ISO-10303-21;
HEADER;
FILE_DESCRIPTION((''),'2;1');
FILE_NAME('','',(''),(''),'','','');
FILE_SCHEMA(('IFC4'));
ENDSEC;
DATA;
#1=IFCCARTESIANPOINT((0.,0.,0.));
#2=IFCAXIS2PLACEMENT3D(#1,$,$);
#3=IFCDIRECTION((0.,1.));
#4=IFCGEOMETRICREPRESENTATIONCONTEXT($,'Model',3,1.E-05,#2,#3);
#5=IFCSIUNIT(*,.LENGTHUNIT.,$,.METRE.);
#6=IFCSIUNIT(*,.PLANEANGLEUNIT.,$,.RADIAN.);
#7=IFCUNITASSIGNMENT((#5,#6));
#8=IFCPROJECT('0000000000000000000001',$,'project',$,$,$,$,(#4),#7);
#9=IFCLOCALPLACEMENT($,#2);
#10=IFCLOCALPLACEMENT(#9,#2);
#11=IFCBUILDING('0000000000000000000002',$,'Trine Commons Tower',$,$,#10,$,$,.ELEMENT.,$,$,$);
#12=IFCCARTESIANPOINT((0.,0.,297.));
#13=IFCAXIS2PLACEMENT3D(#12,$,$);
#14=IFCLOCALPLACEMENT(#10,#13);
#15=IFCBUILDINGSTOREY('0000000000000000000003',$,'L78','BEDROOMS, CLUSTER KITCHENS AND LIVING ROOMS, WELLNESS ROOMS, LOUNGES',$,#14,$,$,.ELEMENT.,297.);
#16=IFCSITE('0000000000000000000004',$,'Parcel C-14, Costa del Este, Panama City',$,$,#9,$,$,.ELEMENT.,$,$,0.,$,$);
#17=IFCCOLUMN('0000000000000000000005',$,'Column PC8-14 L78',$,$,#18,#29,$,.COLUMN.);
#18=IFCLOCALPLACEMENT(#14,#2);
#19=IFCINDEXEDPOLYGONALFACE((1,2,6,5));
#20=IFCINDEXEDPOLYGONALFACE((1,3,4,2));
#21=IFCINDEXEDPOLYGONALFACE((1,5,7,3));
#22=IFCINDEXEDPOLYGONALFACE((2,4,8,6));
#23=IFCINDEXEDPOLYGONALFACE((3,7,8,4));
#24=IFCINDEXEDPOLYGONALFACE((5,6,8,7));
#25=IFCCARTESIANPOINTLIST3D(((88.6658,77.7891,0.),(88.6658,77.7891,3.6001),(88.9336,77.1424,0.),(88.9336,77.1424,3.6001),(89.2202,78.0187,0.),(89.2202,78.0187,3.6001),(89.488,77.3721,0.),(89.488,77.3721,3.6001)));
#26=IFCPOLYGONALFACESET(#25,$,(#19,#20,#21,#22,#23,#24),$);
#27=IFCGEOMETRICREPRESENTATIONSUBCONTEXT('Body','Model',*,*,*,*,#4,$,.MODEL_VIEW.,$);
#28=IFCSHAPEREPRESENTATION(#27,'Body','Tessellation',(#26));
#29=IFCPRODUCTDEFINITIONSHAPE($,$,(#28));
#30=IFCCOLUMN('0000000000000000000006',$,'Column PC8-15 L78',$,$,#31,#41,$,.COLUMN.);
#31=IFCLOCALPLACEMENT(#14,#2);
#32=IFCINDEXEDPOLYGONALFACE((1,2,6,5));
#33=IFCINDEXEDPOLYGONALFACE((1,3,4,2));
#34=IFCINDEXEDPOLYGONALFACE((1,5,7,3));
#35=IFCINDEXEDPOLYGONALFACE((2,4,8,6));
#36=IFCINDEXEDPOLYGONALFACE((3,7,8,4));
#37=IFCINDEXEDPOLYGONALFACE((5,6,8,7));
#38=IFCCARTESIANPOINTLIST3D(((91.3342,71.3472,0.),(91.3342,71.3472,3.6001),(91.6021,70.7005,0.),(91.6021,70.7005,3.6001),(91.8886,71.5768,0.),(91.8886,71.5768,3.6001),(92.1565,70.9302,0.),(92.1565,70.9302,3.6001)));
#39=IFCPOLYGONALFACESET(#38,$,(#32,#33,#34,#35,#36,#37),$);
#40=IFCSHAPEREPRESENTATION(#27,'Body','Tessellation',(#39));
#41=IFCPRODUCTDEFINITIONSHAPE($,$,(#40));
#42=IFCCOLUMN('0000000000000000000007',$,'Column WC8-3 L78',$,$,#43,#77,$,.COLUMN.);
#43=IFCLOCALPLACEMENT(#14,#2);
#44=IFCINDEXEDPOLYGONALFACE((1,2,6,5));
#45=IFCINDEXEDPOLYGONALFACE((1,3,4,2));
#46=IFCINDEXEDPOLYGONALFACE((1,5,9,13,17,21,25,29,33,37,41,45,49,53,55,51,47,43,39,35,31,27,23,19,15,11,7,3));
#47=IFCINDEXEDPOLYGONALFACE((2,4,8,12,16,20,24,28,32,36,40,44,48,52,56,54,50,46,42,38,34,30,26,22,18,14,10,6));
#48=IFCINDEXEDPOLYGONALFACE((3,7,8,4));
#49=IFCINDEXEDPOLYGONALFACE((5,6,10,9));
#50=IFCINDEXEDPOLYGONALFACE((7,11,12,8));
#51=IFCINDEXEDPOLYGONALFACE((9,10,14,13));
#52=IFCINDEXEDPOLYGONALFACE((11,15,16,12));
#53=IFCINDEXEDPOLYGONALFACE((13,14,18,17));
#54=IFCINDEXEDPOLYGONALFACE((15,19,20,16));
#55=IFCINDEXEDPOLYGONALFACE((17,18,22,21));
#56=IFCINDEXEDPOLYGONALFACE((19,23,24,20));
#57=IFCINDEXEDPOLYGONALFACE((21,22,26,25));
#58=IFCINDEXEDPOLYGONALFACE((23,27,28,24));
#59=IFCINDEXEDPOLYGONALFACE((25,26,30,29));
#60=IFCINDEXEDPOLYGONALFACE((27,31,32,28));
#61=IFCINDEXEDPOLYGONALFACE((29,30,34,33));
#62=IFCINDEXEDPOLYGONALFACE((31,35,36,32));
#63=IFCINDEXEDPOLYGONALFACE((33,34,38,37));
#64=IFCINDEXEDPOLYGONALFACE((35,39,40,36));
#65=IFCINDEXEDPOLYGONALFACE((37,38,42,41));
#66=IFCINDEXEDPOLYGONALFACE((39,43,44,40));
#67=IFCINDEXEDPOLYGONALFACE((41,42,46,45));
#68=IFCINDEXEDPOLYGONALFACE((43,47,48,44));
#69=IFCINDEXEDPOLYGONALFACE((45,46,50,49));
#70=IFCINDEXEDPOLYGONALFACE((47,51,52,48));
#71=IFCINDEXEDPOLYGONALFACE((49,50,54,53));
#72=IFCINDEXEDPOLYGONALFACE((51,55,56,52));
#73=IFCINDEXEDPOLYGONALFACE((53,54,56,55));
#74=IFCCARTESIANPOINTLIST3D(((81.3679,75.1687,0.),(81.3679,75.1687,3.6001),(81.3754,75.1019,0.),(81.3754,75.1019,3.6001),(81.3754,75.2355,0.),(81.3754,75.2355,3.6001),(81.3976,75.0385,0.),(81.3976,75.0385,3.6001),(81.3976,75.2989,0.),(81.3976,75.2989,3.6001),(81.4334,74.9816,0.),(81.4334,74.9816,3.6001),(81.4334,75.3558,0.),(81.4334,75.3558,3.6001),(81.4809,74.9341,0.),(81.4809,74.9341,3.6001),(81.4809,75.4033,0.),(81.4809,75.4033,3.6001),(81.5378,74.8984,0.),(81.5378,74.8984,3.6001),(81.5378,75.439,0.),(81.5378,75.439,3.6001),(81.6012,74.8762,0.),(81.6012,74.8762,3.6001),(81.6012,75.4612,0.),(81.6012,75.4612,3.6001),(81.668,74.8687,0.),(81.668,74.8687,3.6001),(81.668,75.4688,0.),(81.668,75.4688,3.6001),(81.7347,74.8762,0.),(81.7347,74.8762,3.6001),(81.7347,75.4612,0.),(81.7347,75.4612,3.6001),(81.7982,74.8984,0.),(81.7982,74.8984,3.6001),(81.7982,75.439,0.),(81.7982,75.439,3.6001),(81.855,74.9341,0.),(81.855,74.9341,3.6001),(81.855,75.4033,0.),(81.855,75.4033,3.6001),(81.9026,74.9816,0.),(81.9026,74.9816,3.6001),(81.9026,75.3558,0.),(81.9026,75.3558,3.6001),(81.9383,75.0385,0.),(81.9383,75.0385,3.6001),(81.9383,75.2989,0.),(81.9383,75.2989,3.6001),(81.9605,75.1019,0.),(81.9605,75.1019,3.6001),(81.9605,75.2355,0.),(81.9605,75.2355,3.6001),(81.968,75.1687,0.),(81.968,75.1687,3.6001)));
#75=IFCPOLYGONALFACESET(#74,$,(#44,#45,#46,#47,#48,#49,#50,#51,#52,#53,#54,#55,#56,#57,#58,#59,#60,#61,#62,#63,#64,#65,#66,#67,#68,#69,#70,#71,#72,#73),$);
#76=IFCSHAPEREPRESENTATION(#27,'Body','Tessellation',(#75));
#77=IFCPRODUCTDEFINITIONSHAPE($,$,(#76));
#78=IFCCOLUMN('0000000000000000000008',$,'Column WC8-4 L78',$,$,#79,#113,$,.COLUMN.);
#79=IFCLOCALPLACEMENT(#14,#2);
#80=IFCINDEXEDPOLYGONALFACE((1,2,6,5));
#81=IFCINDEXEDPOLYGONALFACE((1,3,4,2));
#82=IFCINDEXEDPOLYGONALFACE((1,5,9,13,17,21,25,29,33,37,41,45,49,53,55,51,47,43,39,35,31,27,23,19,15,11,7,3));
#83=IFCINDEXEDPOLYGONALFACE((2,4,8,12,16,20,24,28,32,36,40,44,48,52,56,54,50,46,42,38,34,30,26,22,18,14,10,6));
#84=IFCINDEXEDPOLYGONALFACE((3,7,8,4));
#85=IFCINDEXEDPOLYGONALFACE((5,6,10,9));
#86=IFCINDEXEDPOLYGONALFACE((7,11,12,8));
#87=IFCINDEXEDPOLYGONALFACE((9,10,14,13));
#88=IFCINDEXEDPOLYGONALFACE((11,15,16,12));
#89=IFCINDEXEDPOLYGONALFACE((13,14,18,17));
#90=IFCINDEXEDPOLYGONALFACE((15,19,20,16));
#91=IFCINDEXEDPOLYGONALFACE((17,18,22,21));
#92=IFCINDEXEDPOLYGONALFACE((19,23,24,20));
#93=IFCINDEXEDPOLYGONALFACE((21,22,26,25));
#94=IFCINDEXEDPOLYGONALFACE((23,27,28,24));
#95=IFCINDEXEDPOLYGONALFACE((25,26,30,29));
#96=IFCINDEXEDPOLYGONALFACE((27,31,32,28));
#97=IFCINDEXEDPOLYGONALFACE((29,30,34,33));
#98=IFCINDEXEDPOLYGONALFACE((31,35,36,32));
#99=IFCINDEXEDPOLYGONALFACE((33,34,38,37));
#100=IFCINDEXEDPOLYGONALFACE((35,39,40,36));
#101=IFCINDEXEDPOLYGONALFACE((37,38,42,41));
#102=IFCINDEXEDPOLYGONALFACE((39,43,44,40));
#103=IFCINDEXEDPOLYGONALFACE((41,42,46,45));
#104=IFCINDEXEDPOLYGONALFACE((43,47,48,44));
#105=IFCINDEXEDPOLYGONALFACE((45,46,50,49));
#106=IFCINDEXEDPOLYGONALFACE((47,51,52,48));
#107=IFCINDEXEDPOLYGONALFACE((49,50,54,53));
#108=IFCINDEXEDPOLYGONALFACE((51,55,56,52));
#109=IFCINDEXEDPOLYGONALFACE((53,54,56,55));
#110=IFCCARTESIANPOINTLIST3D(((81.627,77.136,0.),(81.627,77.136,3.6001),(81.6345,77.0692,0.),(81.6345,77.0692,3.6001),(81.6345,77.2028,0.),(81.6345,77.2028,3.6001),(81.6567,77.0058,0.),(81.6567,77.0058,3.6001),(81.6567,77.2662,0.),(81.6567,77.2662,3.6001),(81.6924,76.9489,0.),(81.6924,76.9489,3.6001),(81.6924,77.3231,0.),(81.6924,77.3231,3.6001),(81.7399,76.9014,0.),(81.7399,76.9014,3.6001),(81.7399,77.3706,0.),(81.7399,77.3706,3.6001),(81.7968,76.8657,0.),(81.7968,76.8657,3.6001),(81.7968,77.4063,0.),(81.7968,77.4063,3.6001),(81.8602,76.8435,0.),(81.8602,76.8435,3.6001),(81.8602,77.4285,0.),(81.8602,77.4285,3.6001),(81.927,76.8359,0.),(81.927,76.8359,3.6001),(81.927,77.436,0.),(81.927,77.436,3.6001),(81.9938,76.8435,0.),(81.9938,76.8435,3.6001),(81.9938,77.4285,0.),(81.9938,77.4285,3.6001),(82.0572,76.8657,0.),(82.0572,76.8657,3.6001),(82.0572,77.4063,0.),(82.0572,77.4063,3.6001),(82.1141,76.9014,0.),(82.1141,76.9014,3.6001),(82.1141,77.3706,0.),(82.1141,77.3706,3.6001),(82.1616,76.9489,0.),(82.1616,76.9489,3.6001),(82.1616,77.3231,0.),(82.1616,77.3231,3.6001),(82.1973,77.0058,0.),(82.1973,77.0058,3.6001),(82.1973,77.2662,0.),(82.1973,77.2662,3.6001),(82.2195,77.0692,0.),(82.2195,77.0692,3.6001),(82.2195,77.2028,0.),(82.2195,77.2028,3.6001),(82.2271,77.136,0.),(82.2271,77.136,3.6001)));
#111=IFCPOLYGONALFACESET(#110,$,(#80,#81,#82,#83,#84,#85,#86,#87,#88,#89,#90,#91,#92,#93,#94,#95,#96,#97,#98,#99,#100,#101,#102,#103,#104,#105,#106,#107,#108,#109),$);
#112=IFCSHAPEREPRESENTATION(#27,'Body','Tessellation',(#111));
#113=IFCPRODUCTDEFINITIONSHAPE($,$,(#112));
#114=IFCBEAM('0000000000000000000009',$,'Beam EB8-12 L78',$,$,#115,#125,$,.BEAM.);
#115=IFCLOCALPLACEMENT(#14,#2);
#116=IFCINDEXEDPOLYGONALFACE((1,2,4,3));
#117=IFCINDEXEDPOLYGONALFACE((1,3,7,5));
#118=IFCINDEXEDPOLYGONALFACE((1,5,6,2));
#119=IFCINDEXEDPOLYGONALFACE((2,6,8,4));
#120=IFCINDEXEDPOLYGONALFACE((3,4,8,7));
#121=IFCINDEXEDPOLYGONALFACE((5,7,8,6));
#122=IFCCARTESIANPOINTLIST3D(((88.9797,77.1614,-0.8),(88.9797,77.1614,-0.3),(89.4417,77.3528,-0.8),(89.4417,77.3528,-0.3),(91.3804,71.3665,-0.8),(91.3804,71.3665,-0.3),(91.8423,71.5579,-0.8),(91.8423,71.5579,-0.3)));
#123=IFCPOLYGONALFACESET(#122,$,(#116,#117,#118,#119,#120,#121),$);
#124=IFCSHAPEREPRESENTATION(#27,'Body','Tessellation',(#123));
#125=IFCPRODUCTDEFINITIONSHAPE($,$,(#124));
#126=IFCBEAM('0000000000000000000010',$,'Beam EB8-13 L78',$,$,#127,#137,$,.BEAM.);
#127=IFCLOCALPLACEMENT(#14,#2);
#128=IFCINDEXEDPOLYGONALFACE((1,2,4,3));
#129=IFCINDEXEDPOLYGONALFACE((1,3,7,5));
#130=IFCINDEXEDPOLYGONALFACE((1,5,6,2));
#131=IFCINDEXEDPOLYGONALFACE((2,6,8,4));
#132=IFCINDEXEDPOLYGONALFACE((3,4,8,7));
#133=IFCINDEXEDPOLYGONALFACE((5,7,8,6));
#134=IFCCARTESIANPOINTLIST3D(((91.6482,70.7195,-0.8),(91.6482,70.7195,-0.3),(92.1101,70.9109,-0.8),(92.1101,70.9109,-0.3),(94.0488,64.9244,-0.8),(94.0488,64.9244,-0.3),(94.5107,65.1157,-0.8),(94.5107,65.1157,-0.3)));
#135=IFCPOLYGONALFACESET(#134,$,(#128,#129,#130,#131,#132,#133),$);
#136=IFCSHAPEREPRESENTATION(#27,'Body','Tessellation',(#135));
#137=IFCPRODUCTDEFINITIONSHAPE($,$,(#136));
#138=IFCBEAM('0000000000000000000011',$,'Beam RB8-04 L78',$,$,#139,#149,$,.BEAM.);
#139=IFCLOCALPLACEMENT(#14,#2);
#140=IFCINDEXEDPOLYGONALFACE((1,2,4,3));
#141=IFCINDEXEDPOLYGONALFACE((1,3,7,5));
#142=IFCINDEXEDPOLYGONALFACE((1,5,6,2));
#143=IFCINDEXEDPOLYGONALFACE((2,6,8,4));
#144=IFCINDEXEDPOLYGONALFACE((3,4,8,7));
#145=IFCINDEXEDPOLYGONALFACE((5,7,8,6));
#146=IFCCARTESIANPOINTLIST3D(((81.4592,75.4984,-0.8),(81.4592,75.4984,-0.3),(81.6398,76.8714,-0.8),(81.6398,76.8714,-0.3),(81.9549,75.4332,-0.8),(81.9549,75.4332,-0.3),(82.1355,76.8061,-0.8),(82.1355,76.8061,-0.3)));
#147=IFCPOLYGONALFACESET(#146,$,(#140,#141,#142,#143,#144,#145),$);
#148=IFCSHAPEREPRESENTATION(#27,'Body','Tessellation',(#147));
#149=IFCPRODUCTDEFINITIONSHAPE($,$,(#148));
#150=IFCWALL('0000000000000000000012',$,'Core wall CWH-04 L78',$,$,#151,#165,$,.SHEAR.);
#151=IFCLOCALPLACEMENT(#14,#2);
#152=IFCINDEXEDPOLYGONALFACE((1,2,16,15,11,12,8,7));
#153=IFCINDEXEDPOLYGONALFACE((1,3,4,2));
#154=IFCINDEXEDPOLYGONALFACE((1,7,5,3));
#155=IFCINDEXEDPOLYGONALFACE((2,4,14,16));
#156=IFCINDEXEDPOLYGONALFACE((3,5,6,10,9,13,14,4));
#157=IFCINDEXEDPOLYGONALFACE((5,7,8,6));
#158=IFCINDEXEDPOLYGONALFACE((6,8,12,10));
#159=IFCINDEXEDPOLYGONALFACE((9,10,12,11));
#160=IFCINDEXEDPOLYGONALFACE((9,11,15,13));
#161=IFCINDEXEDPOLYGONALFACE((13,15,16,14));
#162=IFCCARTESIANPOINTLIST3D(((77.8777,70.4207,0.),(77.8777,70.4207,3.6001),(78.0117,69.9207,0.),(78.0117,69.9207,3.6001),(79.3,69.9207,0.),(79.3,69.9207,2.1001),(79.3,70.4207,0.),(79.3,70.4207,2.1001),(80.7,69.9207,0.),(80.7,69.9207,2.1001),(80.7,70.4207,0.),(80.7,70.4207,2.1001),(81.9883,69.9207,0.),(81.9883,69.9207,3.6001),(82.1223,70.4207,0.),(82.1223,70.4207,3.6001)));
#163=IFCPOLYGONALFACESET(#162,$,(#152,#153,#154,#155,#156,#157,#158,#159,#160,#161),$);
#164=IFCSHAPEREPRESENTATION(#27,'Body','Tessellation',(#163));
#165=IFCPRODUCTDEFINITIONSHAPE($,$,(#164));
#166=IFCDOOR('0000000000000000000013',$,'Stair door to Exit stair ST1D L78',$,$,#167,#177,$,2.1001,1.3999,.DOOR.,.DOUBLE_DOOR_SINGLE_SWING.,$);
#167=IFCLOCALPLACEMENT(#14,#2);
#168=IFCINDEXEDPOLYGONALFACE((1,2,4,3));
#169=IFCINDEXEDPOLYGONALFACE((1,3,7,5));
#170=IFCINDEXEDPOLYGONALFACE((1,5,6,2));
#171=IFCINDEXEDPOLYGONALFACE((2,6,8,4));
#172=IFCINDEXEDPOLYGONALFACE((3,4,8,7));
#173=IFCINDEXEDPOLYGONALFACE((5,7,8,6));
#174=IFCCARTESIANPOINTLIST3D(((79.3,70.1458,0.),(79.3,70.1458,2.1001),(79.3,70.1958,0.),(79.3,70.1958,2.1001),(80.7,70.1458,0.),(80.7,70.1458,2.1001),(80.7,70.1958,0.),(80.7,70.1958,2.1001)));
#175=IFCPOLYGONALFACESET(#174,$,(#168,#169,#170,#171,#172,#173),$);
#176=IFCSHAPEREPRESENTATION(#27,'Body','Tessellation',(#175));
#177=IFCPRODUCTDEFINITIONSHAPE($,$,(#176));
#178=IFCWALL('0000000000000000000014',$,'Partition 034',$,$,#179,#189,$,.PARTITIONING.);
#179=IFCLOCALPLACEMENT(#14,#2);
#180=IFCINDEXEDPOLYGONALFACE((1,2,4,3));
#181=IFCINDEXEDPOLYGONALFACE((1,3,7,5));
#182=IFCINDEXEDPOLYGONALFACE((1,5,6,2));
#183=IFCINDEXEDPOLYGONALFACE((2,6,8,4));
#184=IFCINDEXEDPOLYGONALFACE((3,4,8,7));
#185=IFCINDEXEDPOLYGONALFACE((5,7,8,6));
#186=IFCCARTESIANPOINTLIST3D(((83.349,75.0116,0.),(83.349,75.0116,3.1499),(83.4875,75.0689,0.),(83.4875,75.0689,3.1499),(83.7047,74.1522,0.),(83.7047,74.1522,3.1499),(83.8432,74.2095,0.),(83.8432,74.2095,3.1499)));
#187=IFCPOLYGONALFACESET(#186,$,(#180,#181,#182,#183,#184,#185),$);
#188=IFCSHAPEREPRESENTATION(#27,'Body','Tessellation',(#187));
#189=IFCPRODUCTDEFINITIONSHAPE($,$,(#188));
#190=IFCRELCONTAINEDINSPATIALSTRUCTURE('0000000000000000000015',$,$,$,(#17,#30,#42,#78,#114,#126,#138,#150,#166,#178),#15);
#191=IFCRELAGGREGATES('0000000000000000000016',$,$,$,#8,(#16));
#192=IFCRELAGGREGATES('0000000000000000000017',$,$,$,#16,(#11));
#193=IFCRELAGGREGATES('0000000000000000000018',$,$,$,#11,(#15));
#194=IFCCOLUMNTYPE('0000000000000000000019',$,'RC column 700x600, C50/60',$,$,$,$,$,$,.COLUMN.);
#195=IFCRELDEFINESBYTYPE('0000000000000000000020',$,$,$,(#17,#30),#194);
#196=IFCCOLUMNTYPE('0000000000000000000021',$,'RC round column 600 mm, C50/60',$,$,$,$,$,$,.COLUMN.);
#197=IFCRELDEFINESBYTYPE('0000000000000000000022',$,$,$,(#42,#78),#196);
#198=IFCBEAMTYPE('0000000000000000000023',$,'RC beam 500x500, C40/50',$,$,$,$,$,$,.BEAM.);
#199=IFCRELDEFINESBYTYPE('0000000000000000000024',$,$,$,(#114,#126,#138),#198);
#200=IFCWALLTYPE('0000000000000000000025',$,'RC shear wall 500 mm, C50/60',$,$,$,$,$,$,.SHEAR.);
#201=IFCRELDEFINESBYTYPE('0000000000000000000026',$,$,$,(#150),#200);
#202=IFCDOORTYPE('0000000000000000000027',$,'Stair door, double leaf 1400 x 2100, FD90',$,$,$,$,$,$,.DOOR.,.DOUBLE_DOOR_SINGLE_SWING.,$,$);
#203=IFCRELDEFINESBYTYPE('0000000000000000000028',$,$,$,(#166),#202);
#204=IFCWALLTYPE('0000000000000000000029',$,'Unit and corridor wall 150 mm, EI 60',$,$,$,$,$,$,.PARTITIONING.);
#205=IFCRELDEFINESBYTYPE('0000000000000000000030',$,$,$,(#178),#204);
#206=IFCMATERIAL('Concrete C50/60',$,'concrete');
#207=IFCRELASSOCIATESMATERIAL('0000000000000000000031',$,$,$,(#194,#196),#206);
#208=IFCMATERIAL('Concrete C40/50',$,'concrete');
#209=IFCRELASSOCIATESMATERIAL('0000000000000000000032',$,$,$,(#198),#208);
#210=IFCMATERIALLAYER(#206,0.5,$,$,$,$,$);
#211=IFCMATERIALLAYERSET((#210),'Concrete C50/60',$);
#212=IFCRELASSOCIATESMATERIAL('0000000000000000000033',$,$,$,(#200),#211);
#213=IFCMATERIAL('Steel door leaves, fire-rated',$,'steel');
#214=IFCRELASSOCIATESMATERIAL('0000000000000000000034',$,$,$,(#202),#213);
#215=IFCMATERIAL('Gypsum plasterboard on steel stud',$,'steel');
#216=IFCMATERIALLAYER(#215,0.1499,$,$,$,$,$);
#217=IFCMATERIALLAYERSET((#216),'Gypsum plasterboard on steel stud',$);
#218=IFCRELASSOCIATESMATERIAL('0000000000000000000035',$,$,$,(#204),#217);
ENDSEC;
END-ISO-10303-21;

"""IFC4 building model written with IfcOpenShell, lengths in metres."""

from ifc_helpers import new_model, si_unit, direction, frame, frame_2d, origin, origin_2d, place, context, subcontext, project, spatial, polyline, rectangle, circle, outline, extrude, material, layer, layer_set, material_profile, profile_set, type_object, element, fill, save


model = new_model("IFC4")

# Units and contexts
model_context = context("Model", 3, precision=1e-05, world=origin(), true_north=direction((0.0, 1.0)))
body_context = subcontext(model_context, "Body", "Model", "MODEL_VIEW")
ifc_project = project(units=[si_unit("LENGTHUNIT", "METRE"), si_unit("PLANEANGLEUNIT", "RADIAN")], contexts=[model_context])

# Site, building, storey
site_placement = place(None, origin())
site = spatial("IfcSite", under=ifc_project, at=site_placement, Name="Parcel C-14, Costa del Este, Panama City", CompositionType="ELEMENT", RefElevation=0.0)
building_placement = place(site_placement, origin())
building = spatial("IfcBuilding", under=site, at=building_placement, Name="Trine Commons Tower", CompositionType="ELEMENT")
storey_placement = place(building_placement, frame((0.0, 0.0, 297.0)))
storey = spatial("IfcBuildingStorey", under=building, at=storey_placement, Name="L78", Description="BEDROOMS, CLUSTER KITCHENS AND LIVING ROOMS, WELLNESS ROOMS, LOUNGES", CompositionType="ELEMENT", Elevation=297.0)

# Columns
ifc_material_1 = material(Name="Concrete C50/60", Category="concrete")
ifc_material_profile_1 = material_profile(ifc_material_1, rectangle(XDim=0.7, YDim=0.6001, at=origin_2d()), Name="RC 700x600")
ifc_profile_set_1 = profile_set([ifc_material_profile_1], Name="Concrete C50/60")
column_type_1 = type_object("IfcColumnType", Name="RC column 700x600, C50/60", PredefinedType="COLUMN", material=ifc_profile_set_1)
for number, where, z_axis, x_axis, name in (
    (1, (89.0769, 77.5806, 0.0), (0.0, 0.0, 1.0), (-0.382683, 0.92388, 0.0), "Column PC8-14 L78"),
    (2, (91.7454, 71.1387, 0.0), (0.0, 0.0, 1.0), (-0.382683, 0.92388, 0.0), "Column PC8-15 L78"),
):
    element("IfcColumn", number, at=place(storey_placement, frame(where, z_axis=z_axis, x_axis=x_axis)), inside=storey, type_object=column_type_1, Name=name, PredefinedType="COLUMN", context=body_context, shape_type="SweptSolid", body=[
        extrude(rectangle(XDim=0.7, YDim=0.6001, at=origin_2d()), origin(), (0.0, 0.0, 1.0), 3.6001),
    ])
ifc_material_profile_2 = material_profile(ifc_material_1, circle(Radius=0.3, at=origin_2d()), Name="RC round 600")
ifc_profile_set_2 = profile_set([ifc_material_profile_2], Name="Concrete C50/60")
column_type_2 = type_object("IfcColumnType", Name="RC round column 600 mm, C50/60", PredefinedType="COLUMN", material=ifc_profile_set_2)
for number, where, z_axis, x_axis, name in (
    (3, (81.668, 75.1687, 0.0), (0.0, 0.0, 1.0), (1.0, 0.0, 0.0), "Column WC8-3 L78"),
    (4, (81.927, 77.136, 0.0), (0.0, 0.0, 1.0), (1.0, 0.0, 0.0), "Column WC8-4 L78"),
):
    element("IfcColumn", number, at=place(storey_placement, frame(where, z_axis=z_axis, x_axis=x_axis)), inside=storey, type_object=column_type_2, Name=name, PredefinedType="COLUMN", context=body_context, shape_type="SweptSolid", body=[
        extrude(circle(Radius=0.3, at=origin_2d()), origin(), (0.0, 0.0, 1.0), 3.6001),
    ])

# Beams
ifc_material_2 = material(Name="Concrete C40/50", Category="concrete")
ifc_material_profile_3 = material_profile(ifc_material_2, rectangle(XDim=0.5, YDim=0.5, at=origin_2d()), Name="RC 500x500")
ifc_profile_set_3 = profile_set([ifc_material_profile_3], Name="Concrete C40/50")
beam_type = type_object("IfcBeamType", Name="RC beam 500x500, C40/50", PredefinedType="BEAM", material=ifc_profile_set_3)
beam_1_placement = place(storey_placement, frame((89.2107, 77.2571, -0.55), z_axis=(0.382724, -0.923863, 0.0), x_axis=(0.923863, 0.382724, 0.0)))
element("IfcBeam", 5, at=beam_1_placement, inside=storey, type_object=beam_type, Name="Beam EB8-12 L78", PredefinedType="BEAM", context=body_context, shape_type="SweptSolid", body=[
    extrude(rectangle(XDim=0.5, YDim=0.5, at=origin_2d()), origin(), (0.0, 0.0, 1.0), 6.2725),
])
beam_2_placement = place(storey_placement, frame((91.8792, 70.8152, -0.55), z_axis=(0.38271, -0.923868, 0.0), x_axis=(0.923868, 0.38271, 0.0)))
element("IfcBeam", 6, at=beam_2_placement, inside=storey, type_object=beam_type, Name="Beam EB8-13 L78", PredefinedType="BEAM", context=body_context, shape_type="SweptSolid", body=[
    extrude(rectangle(XDim=0.5, YDim=0.5, at=origin_2d()), origin(), (0.0, 0.0, 1.0), 6.2727),
])
beam_3_placement = place(storey_placement, frame((81.707, 75.4658, -0.55), z_axis=(0.130455, 0.991454, 0.0), x_axis=(-0.991454, 0.130455, 0.0)))
element("IfcBeam", 7, at=beam_3_placement, inside=storey, type_object=beam_type, Name="Beam RB8-04 L78", PredefinedType="BEAM", context=body_context, shape_type="SweptSolid", body=[
    extrude(rectangle(XDim=0.5, YDim=0.5, at=origin_2d()), origin(), (0.0, 0.0, 1.0), 1.3848),
])

# Wall, opening, door
ifc_layer_1 = layer(ifc_material_1, 0.5)
ifc_layer_set_1 = layer_set([ifc_layer_1], Name="Concrete C50/60")
wall_type_1 = type_object("IfcWallType", Name="RC shear wall 500 mm, C50/60", PredefinedType="SHEAR", material=ifc_layer_set_1)
wall_1_placement = place(storey_placement, frame((82.1223, 70.1707, 0.0), z_axis=(0.0, 0.0, 1.0), x_axis=(-1.0, 0.0, 0.0)))
wall_1 = element("IfcWall", 8, at=wall_1_placement, inside=storey, type_object=wall_type_1, Name="Core wall CWH-04 L78", PredefinedType="SHEAR", context=body_context, shape_type="SweptSolid", body=[
    extrude(outline(polyline([(0.0, -0.25), (4.2446, -0.25), (4.1106, 0.25), (0.134, 0.25), (0.0, -0.25)])), origin(), (0.0, 0.0, 1.0), 3.6001),
])
opening_1_placement = place(wall_1_placement, frame((1.4224, 0.0, 0.0)))
opening_1 = element("IfcOpeningElement", 9, at=opening_1_placement, cuts=wall_1, PredefinedType="OPENING", context=body_context, shape_type="SweptSolid", body=[
    extrude(rectangle(XDim=1.3999, YDim=2.1001, at=frame_2d((0.7, 1.05))), frame((0.0, 0.26, 0.0), z_axis=(0.0, -1.0, 0.0), x_axis=(1.0, 0.0, 0.0)), (0.0, 0.0, 1.0), 0.52),
])
ifc_material_3 = material(Name="Steel door leaves, fire-rated", Category="steel")
door_type_1 = type_object("IfcDoorType", Name="Stair door, double leaf 1400 x 2100, FD90", OperationType="DOUBLE_DOOR_SINGLE_SWING", PredefinedType="DOOR", material=ifc_material_3)
door_1_placement = place(opening_1_placement, origin())
door_1 = element("IfcDoor", 10, at=door_1_placement, inside=storey, type_object=door_type_1, Name="Stair door to Exit stair ST1D L78", OperationType="DOUBLE_DOOR_SINGLE_SWING", OverallHeight=2.1001, OverallWidth=1.3999, PredefinedType="DOOR", context=body_context, shape_type="SweptSolid", body=[
    extrude(rectangle(XDim=1.3999, YDim=2.1001, at=frame_2d((0.7, 1.05))), frame((0.0, 0.0249, 0.0), z_axis=(0.0, -1.0, 0.0), x_axis=(1.0, 0.0, 0.0)), (0.0, 0.0, 1.0), 0.05),
])
fill(opening_1, door_1)

# Wall
ifc_material_4 = material(Name="Gypsum plasterboard on steel stud", Category="steel")
ifc_layer_2 = layer(ifc_material_4, 0.1499)
ifc_layer_set_2 = layer_set([ifc_layer_2], Name="Gypsum plasterboard on steel stud")
wall_type_2 = type_object("IfcWallType", Name="Unit and corridor wall 150 mm, EI 60", PredefinedType="PARTITIONING", material=ifc_layer_set_2)
wall_2_placement = place(storey_placement, frame((83.4182, 75.0403, 0.0), z_axis=(0.0, 0.0, 1.0), x_axis=(0.382452, -0.923975, 0.0)))
element("IfcWall", 11, at=wall_2_placement, inside=storey, type_object=wall_type_2, Name="Partition 034", PredefinedType="PARTITIONING", context=body_context, shape_type="SweptSolid", body=[
    extrude(rectangle(XDim=0.9302, YDim=0.1499, at=frame_2d((0.4651, 0.0))), origin(), (0.0, 0.0, 1.0), 3.1499),
])

save(model, "model.ifc")
